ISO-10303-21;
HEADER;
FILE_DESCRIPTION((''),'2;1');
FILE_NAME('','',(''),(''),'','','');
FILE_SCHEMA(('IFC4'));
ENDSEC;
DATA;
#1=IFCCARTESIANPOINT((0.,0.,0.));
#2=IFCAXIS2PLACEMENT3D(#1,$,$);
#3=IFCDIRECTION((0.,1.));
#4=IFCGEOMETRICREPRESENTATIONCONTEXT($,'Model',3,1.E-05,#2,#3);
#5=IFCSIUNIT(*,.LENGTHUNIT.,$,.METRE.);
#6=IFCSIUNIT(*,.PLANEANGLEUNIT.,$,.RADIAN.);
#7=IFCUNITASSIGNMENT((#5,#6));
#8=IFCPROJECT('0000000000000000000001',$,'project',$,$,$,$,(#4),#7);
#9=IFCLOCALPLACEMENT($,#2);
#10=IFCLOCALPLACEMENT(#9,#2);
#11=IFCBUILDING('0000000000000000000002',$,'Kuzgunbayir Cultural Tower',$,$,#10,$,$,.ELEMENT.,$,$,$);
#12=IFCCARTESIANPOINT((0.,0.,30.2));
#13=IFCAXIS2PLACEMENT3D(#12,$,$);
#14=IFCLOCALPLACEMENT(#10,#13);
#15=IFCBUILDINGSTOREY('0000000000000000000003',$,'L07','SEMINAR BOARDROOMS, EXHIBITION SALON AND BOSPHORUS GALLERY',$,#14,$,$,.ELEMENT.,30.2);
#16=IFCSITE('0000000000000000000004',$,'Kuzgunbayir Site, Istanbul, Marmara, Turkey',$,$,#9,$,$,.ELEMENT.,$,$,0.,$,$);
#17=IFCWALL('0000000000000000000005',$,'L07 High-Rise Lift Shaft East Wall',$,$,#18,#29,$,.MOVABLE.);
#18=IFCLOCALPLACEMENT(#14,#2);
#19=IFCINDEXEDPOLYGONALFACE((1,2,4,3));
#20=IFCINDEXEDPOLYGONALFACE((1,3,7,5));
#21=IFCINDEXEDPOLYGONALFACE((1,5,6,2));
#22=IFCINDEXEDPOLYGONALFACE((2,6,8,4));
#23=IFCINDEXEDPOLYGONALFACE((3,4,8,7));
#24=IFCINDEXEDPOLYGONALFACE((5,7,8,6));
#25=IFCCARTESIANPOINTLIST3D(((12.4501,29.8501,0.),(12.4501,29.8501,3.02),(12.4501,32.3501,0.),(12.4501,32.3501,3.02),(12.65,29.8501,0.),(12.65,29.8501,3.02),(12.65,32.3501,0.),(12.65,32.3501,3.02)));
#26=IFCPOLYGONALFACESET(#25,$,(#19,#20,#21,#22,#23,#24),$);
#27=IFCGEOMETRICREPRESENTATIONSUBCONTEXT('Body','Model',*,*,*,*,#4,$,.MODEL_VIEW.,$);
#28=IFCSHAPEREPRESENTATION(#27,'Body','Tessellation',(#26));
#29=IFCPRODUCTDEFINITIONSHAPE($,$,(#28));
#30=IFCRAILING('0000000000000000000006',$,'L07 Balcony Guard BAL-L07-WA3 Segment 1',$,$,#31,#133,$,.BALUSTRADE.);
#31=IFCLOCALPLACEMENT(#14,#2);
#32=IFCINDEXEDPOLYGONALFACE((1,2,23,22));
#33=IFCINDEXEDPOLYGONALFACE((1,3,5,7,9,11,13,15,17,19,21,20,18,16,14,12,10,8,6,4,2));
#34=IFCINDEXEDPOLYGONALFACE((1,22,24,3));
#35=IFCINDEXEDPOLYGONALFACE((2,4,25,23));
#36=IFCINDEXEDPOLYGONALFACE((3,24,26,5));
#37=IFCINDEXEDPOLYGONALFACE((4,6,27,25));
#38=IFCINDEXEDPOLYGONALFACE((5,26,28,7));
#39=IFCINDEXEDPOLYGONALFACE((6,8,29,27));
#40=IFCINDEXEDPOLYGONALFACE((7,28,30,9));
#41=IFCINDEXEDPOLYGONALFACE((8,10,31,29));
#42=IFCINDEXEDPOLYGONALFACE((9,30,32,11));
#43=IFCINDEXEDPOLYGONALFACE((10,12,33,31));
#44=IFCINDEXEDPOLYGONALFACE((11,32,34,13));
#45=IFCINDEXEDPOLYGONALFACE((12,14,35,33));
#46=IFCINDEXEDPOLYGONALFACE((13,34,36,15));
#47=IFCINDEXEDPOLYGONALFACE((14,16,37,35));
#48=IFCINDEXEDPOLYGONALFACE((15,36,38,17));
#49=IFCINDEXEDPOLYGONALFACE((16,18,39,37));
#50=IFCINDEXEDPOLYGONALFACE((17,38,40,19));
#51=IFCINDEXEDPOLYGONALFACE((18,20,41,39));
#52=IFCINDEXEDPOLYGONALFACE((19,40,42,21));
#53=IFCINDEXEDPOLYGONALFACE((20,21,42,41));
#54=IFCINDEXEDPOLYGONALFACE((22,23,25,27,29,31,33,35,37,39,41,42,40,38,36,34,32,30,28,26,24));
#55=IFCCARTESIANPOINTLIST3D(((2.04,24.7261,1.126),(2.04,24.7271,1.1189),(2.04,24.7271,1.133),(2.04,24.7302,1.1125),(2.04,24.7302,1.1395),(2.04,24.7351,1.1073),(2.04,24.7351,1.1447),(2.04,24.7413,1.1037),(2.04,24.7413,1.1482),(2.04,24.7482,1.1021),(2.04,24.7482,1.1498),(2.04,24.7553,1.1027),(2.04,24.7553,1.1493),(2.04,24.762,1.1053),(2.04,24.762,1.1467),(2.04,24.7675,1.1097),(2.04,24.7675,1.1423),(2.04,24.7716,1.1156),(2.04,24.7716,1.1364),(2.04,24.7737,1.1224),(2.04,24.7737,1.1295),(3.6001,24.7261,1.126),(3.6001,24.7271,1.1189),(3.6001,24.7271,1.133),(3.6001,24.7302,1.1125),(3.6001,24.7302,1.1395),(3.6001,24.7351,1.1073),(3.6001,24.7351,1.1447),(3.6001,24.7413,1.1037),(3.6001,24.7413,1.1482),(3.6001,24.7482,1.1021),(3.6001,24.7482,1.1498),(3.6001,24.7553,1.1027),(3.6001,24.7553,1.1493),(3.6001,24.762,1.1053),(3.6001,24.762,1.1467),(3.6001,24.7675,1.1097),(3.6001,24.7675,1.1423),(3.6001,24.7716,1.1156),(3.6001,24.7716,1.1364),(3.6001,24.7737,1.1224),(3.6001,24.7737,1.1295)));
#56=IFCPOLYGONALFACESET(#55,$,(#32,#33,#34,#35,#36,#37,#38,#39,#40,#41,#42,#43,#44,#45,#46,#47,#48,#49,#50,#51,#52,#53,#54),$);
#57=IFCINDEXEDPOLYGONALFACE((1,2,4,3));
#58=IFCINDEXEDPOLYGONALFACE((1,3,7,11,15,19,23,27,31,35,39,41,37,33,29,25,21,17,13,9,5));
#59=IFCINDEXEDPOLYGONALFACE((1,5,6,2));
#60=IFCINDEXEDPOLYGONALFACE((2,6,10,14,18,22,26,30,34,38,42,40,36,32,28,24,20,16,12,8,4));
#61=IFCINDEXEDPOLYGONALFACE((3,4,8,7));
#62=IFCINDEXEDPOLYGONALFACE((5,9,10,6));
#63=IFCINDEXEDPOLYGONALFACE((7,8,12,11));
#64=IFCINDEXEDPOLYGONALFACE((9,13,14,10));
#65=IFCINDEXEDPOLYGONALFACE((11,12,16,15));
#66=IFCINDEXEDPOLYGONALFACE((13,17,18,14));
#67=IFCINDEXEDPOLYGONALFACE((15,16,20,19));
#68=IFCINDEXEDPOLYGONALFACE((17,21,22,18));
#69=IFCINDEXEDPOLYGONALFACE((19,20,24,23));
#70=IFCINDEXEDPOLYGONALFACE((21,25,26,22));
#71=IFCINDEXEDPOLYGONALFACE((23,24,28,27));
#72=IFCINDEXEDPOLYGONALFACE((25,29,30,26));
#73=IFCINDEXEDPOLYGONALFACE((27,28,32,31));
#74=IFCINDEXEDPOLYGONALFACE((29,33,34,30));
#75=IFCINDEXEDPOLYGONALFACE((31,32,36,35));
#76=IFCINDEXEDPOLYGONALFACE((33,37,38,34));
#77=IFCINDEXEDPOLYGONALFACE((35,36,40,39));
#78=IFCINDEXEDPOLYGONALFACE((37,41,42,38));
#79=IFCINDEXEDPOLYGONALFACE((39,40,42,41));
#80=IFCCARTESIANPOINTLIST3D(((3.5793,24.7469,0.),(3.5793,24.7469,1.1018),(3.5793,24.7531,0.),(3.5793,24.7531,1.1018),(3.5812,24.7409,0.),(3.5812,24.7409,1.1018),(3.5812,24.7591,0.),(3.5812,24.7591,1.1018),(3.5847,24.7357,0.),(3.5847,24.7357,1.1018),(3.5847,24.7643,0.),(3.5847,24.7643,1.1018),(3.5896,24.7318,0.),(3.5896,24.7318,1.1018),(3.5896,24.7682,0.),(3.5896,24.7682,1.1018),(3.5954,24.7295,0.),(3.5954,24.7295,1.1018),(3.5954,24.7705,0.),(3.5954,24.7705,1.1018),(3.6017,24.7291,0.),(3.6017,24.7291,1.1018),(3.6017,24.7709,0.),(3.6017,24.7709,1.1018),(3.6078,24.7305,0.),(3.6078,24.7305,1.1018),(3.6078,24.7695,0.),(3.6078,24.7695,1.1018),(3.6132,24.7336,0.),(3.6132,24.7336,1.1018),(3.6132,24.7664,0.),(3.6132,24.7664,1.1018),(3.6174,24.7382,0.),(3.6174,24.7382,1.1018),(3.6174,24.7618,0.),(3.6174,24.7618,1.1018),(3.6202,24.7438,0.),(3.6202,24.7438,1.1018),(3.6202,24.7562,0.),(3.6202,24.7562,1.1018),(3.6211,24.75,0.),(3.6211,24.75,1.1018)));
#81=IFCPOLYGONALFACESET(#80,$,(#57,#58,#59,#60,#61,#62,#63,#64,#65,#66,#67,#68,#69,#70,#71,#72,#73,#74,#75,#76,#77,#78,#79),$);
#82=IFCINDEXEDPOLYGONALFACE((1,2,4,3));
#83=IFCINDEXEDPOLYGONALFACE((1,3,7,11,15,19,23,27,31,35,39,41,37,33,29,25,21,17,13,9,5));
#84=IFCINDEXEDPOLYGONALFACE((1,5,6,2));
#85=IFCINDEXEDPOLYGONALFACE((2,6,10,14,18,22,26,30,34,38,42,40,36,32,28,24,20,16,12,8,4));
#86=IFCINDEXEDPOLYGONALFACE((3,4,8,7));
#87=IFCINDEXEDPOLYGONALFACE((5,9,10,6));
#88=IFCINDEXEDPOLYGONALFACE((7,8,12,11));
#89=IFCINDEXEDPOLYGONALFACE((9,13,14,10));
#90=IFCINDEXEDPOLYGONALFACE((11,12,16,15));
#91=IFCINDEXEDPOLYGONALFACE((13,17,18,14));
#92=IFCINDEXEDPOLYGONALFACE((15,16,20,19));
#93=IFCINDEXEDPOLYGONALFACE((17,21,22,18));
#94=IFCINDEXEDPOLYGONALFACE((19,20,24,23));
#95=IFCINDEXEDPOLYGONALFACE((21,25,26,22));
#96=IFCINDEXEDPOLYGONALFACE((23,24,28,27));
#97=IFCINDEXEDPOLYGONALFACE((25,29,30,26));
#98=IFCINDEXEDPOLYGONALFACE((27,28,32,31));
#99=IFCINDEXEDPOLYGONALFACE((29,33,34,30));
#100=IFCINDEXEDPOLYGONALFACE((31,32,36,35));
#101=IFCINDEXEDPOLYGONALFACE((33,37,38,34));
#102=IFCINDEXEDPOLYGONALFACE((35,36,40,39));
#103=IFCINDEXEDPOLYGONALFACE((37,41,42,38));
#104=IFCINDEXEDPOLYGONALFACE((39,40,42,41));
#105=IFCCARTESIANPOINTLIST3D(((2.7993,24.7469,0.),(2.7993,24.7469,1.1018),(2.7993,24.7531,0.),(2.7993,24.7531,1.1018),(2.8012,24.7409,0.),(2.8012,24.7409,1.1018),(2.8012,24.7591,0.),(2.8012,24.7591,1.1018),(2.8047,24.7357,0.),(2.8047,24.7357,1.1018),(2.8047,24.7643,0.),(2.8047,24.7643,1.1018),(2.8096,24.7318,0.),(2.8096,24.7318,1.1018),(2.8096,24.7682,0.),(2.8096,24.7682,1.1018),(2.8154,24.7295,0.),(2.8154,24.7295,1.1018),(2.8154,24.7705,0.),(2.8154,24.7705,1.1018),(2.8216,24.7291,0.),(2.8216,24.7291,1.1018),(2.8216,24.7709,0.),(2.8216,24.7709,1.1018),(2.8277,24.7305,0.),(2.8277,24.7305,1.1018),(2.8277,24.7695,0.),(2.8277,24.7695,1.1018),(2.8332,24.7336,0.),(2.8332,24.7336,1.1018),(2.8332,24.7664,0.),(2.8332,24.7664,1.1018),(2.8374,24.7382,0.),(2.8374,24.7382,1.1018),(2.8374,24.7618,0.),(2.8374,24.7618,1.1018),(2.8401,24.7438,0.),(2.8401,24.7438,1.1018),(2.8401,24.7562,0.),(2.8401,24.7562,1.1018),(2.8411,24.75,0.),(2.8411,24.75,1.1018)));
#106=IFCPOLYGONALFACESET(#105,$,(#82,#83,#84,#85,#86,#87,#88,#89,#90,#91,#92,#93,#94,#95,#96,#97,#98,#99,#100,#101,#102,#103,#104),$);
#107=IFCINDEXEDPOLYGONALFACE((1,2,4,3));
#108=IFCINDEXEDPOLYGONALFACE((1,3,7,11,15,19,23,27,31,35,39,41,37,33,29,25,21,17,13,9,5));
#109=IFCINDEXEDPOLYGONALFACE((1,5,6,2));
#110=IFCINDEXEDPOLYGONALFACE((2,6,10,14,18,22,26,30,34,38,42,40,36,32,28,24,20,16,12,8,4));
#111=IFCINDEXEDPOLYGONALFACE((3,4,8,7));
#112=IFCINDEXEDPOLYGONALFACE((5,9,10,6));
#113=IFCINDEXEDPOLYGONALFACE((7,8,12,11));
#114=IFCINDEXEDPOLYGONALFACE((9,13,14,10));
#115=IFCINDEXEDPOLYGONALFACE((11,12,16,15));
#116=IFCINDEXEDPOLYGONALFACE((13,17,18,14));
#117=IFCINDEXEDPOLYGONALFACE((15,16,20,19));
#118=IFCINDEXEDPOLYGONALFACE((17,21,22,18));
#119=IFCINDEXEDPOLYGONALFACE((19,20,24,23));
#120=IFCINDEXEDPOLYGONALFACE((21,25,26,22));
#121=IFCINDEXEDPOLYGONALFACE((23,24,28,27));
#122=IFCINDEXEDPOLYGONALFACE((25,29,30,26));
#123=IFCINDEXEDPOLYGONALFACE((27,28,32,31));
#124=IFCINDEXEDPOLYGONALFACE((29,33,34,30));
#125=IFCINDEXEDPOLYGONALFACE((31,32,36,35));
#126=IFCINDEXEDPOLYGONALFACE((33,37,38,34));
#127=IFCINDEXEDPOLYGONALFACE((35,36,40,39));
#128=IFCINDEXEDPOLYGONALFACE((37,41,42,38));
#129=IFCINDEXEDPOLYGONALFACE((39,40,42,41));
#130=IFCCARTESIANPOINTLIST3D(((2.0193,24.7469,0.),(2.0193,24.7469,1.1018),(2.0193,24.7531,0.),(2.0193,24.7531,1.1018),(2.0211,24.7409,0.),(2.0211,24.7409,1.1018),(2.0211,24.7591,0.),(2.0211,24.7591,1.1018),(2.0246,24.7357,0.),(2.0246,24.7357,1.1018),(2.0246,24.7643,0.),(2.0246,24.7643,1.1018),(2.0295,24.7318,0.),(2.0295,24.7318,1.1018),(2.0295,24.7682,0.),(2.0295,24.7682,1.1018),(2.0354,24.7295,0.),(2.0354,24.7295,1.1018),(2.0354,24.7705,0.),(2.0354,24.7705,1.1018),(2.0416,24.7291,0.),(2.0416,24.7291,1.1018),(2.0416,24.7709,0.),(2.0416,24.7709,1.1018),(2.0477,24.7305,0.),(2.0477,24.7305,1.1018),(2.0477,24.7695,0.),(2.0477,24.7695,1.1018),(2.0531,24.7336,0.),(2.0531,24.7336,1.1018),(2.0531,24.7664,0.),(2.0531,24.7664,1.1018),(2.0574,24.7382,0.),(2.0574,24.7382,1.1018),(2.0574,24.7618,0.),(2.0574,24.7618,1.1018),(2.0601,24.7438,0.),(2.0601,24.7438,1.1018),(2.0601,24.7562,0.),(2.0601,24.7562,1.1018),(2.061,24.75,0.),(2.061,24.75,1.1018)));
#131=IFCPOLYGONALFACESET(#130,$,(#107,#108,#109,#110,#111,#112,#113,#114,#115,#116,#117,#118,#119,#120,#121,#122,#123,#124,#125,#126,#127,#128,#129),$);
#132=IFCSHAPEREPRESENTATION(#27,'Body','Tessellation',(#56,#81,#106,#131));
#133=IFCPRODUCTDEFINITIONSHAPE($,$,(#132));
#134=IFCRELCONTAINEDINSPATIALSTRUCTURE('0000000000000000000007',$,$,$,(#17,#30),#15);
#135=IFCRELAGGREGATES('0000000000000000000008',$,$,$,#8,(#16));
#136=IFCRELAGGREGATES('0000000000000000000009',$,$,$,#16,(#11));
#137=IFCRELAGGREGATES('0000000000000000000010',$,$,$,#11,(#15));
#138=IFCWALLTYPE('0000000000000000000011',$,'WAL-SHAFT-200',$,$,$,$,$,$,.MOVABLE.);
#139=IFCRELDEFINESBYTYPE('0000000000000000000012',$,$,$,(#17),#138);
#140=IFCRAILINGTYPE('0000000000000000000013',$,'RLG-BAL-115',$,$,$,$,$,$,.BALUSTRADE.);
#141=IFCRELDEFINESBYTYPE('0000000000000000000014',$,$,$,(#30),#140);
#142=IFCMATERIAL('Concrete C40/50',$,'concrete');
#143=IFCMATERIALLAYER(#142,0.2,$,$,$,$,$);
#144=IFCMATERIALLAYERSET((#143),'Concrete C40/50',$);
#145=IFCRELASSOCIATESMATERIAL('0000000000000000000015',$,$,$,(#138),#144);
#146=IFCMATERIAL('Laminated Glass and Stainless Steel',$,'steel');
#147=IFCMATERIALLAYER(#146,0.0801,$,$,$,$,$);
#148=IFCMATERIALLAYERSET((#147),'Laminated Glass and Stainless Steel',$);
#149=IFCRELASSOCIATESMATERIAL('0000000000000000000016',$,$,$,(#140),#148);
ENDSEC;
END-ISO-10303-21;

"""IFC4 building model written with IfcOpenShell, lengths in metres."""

from ifc_helpers import new_model, si_unit, direction, frame, frame_2d, origin, origin_2d, place, context, subcontext, project, spatial, rectangle, circle, extrude, material, layer, layer_set, type_object, element, save


model = new_model("IFC4")

# Units and contexts
model_context = context("Model", 3, precision=1e-05, world=origin(), true_north=direction((0.0, 1.0)))
body_context = subcontext(model_context, "Body", "Model", "MODEL_VIEW")
ifc_project = project(units=[si_unit("LENGTHUNIT", "METRE"), si_unit("PLANEANGLEUNIT", "RADIAN")], contexts=[model_context])

# Site, building, storey
site_placement = place(None, origin())
site = spatial("IfcSite", under=ifc_project, at=site_placement, Name="Kuzgunbayir Site, Istanbul, Marmara, Turkey", CompositionType="ELEMENT", RefElevation=0.0)
building_placement = place(site_placement, origin())
building = spatial("IfcBuilding", under=site, at=building_placement, Name="Kuzgunbayir Cultural Tower", CompositionType="ELEMENT")
storey_placement = place(building_placement, frame((0.0, 0.0, 30.2)))
storey = spatial("IfcBuildingStorey", under=building, at=storey_placement, Name="L07", Description="SEMINAR BOARDROOMS, EXHIBITION SALON AND BOSPHORUS GALLERY", CompositionType="ELEMENT", Elevation=30.2)

# Wall
ifc_material_1 = material(Name="Concrete C40/50", Category="concrete")
ifc_layer_1 = layer(ifc_material_1, 0.2)
ifc_layer_set_1 = layer_set([ifc_layer_1], Name="Concrete C40/50")
wall_type_1 = type_object("IfcWallType", Name="WAL-SHAFT-200", PredefinedType="MOVABLE", material=ifc_layer_set_1)
for number, where, z_axis, x_axis, name in (
    (1, (12.55, 29.8501, 0.0), (0.0, 0.0, 1.0), (0.0, 1.0, 0.0), "L07 High-Rise Lift Shaft East Wall"),
):
    element("IfcWall", number, at=place(storey_placement, frame(where, z_axis=z_axis, x_axis=x_axis)), inside=storey, type_object=wall_type_1, Name=name, PredefinedType="MOVABLE", context=body_context, shape_type="SweptSolid", body=[
        extrude(rectangle(XDim=2.5, YDim=0.2, at=frame_2d((1.25, 0.0))), origin(), (0.0, 0.0, 1.0), 3.02),
    ])

# Railing
ifc_material_2 = material(Name="Laminated Glass and Stainless Steel", Category="steel")
ifc_layer_2 = layer(ifc_material_2, 0.0801)
ifc_layer_set_2 = layer_set([ifc_layer_2], Name="Laminated Glass and Stainless Steel")
railing_type = type_object("IfcRailingType", Name="RLG-BAL-115", PredefinedType="BALUSTRADE", material=ifc_layer_set_2)
railing_1_placement = place(storey_placement, frame((3.6001, 24.75, 0.0)))
element("IfcRailing", 2, at=railing_1_placement, inside=storey, type_object=railing_type, Name="L07 Balcony Guard BAL-L07-WA3 Segment 1", PredefinedType="BALUSTRADE", context=body_context, shape_type="SweptSolid", body=[
    extrude(circle(Radius=0.0239, at=origin_2d()), frame((0.0, 0.0, 1.126), z_axis=(-1.0, 0.0, 0.0), x_axis=(0.0, -1.0, 0.0)), (0.0, 0.0, 1.0), 1.5601),
    extrude(circle(Radius=0.021, at=origin_2d()), origin(), (0.0, 0.0, 1.0), 1.1018),
    extrude(circle(Radius=0.021, at=origin_2d()), frame((-0.78, 0.0, 0.0)), (0.0, 0.0, 1.0), 1.1018),
    extrude(circle(Radius=0.021, at=origin_2d()), frame((-1.5601, 0.0, 0.0)), (0.0, 0.0, 1.0), 1.1018),
])

save(model, "model.ifc")
